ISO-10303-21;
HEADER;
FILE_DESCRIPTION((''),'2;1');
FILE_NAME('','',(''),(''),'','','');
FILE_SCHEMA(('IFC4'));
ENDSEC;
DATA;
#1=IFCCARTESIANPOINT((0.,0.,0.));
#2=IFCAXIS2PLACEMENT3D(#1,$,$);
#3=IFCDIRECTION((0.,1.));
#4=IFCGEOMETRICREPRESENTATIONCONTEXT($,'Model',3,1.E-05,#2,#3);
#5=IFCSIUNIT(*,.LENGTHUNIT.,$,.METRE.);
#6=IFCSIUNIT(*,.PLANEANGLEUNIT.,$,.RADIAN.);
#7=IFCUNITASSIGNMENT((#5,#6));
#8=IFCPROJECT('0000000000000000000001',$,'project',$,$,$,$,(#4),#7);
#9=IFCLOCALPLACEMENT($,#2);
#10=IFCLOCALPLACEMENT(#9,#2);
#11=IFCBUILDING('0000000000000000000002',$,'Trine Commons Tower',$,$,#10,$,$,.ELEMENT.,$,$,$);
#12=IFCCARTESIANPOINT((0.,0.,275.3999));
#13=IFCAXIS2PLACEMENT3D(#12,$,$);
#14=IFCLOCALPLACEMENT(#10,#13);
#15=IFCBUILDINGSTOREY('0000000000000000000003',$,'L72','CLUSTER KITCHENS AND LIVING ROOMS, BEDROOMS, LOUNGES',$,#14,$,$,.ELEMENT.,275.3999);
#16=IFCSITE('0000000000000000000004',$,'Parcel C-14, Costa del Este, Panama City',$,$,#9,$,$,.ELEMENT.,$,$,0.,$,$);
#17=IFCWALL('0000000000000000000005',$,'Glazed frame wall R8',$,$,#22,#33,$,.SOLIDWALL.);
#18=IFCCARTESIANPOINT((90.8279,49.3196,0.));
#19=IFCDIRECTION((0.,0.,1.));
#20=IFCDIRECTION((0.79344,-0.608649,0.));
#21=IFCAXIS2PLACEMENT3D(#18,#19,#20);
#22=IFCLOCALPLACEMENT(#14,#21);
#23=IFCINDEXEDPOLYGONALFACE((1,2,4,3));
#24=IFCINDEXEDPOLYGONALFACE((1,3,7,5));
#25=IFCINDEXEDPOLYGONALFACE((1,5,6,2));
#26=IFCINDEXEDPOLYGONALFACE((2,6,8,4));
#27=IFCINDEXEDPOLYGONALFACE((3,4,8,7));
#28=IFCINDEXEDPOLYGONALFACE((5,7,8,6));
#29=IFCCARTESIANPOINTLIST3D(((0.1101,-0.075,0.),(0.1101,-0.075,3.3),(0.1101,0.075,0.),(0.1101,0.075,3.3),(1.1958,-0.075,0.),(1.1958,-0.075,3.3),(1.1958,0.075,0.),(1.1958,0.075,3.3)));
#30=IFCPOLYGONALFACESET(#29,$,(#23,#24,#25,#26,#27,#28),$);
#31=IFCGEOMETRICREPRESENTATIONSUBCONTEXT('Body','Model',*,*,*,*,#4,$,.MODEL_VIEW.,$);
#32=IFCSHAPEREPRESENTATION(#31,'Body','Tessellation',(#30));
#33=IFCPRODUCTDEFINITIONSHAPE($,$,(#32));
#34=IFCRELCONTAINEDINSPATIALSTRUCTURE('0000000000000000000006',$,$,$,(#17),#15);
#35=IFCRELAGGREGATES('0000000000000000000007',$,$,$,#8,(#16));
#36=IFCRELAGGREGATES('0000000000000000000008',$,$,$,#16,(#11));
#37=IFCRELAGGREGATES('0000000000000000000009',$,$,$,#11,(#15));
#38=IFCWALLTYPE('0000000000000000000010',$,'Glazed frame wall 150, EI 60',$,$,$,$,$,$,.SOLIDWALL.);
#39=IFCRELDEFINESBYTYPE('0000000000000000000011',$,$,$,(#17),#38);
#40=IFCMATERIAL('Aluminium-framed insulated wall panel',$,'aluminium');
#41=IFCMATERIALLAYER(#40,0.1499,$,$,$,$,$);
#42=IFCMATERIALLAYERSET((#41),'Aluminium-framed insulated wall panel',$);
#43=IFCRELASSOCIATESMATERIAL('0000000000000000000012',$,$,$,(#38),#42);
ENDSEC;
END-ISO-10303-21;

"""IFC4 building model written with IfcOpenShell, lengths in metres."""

from ifc_helpers import new_model, si_unit, direction, frame, origin, place, context, subcontext, project, spatial, polyline, outline, extrude, material, layer, layer_set, type_object, element, save


model = new_model("IFC4")

# Units and contexts
model_context = context("Model", 3, precision=1e-05, world=origin(), true_north=direction((0.0, 1.0)))
body_context = subcontext(model_context, "Body", "Model", "MODEL_VIEW")
ifc_project = project(units=[si_unit("LENGTHUNIT", "METRE"), si_unit("PLANEANGLEUNIT", "RADIAN")], contexts=[model_context])

# Site, building, storey
site_placement = place(None, origin())
site = spatial("IfcSite", under=ifc_project, at=site_placement, Name="Parcel C-14, Costa del Este, Panama City", CompositionType="ELEMENT", RefElevation=0.0)
building_placement = place(site_placement, origin())
building = spatial("IfcBuilding", under=site, at=building_placement, Name="Trine Commons Tower", CompositionType="ELEMENT")
storey_placement = place(building_placement, frame((0.0, 0.0, 275.3999)))
storey = spatial("IfcBuildingStorey", under=building, at=storey_placement, Name="L72", Description="CLUSTER KITCHENS AND LIVING ROOMS, BEDROOMS, LOUNGES", CompositionType="ELEMENT", Elevation=275.3999)

# Shared definitions
ifc_material_1 = material(Name="Aluminium-framed insulated wall panel", Category="aluminium")
ifc_layer_1 = layer(ifc_material_1, 0.1499)
ifc_layer_set_1 = layer_set([ifc_layer_1], Name="Aluminium-framed insulated wall panel")
wall_type_1 = type_object("IfcWallType", Name="Glazed frame wall 150, EI 60", PredefinedType="SOLIDWALL", material=ifc_layer_set_1)

# Wall
wall_1_placement = place(storey_placement, frame((90.8279, 49.3196, 0.0), z_axis=(0.0, 0.0, 1.0), x_axis=(0.79344, -0.608649, 0.0)))
element("IfcWall", 1, at=wall_1_placement, inside=storey, type_object=wall_type_1, Name="Glazed frame wall R8", PredefinedType="SOLIDWALL", context=body_context, shape_type="SweptSolid", body=[
    extrude(outline(polyline([(0.1101, 0.075), (0.1101, -0.075), (1.1958, -0.075), (1.1958, 0.075), (0.1101, 0.075)])), origin(), (0.0, 0.0, 1.0), 3.3),
])

save(model, "model.ifc")
